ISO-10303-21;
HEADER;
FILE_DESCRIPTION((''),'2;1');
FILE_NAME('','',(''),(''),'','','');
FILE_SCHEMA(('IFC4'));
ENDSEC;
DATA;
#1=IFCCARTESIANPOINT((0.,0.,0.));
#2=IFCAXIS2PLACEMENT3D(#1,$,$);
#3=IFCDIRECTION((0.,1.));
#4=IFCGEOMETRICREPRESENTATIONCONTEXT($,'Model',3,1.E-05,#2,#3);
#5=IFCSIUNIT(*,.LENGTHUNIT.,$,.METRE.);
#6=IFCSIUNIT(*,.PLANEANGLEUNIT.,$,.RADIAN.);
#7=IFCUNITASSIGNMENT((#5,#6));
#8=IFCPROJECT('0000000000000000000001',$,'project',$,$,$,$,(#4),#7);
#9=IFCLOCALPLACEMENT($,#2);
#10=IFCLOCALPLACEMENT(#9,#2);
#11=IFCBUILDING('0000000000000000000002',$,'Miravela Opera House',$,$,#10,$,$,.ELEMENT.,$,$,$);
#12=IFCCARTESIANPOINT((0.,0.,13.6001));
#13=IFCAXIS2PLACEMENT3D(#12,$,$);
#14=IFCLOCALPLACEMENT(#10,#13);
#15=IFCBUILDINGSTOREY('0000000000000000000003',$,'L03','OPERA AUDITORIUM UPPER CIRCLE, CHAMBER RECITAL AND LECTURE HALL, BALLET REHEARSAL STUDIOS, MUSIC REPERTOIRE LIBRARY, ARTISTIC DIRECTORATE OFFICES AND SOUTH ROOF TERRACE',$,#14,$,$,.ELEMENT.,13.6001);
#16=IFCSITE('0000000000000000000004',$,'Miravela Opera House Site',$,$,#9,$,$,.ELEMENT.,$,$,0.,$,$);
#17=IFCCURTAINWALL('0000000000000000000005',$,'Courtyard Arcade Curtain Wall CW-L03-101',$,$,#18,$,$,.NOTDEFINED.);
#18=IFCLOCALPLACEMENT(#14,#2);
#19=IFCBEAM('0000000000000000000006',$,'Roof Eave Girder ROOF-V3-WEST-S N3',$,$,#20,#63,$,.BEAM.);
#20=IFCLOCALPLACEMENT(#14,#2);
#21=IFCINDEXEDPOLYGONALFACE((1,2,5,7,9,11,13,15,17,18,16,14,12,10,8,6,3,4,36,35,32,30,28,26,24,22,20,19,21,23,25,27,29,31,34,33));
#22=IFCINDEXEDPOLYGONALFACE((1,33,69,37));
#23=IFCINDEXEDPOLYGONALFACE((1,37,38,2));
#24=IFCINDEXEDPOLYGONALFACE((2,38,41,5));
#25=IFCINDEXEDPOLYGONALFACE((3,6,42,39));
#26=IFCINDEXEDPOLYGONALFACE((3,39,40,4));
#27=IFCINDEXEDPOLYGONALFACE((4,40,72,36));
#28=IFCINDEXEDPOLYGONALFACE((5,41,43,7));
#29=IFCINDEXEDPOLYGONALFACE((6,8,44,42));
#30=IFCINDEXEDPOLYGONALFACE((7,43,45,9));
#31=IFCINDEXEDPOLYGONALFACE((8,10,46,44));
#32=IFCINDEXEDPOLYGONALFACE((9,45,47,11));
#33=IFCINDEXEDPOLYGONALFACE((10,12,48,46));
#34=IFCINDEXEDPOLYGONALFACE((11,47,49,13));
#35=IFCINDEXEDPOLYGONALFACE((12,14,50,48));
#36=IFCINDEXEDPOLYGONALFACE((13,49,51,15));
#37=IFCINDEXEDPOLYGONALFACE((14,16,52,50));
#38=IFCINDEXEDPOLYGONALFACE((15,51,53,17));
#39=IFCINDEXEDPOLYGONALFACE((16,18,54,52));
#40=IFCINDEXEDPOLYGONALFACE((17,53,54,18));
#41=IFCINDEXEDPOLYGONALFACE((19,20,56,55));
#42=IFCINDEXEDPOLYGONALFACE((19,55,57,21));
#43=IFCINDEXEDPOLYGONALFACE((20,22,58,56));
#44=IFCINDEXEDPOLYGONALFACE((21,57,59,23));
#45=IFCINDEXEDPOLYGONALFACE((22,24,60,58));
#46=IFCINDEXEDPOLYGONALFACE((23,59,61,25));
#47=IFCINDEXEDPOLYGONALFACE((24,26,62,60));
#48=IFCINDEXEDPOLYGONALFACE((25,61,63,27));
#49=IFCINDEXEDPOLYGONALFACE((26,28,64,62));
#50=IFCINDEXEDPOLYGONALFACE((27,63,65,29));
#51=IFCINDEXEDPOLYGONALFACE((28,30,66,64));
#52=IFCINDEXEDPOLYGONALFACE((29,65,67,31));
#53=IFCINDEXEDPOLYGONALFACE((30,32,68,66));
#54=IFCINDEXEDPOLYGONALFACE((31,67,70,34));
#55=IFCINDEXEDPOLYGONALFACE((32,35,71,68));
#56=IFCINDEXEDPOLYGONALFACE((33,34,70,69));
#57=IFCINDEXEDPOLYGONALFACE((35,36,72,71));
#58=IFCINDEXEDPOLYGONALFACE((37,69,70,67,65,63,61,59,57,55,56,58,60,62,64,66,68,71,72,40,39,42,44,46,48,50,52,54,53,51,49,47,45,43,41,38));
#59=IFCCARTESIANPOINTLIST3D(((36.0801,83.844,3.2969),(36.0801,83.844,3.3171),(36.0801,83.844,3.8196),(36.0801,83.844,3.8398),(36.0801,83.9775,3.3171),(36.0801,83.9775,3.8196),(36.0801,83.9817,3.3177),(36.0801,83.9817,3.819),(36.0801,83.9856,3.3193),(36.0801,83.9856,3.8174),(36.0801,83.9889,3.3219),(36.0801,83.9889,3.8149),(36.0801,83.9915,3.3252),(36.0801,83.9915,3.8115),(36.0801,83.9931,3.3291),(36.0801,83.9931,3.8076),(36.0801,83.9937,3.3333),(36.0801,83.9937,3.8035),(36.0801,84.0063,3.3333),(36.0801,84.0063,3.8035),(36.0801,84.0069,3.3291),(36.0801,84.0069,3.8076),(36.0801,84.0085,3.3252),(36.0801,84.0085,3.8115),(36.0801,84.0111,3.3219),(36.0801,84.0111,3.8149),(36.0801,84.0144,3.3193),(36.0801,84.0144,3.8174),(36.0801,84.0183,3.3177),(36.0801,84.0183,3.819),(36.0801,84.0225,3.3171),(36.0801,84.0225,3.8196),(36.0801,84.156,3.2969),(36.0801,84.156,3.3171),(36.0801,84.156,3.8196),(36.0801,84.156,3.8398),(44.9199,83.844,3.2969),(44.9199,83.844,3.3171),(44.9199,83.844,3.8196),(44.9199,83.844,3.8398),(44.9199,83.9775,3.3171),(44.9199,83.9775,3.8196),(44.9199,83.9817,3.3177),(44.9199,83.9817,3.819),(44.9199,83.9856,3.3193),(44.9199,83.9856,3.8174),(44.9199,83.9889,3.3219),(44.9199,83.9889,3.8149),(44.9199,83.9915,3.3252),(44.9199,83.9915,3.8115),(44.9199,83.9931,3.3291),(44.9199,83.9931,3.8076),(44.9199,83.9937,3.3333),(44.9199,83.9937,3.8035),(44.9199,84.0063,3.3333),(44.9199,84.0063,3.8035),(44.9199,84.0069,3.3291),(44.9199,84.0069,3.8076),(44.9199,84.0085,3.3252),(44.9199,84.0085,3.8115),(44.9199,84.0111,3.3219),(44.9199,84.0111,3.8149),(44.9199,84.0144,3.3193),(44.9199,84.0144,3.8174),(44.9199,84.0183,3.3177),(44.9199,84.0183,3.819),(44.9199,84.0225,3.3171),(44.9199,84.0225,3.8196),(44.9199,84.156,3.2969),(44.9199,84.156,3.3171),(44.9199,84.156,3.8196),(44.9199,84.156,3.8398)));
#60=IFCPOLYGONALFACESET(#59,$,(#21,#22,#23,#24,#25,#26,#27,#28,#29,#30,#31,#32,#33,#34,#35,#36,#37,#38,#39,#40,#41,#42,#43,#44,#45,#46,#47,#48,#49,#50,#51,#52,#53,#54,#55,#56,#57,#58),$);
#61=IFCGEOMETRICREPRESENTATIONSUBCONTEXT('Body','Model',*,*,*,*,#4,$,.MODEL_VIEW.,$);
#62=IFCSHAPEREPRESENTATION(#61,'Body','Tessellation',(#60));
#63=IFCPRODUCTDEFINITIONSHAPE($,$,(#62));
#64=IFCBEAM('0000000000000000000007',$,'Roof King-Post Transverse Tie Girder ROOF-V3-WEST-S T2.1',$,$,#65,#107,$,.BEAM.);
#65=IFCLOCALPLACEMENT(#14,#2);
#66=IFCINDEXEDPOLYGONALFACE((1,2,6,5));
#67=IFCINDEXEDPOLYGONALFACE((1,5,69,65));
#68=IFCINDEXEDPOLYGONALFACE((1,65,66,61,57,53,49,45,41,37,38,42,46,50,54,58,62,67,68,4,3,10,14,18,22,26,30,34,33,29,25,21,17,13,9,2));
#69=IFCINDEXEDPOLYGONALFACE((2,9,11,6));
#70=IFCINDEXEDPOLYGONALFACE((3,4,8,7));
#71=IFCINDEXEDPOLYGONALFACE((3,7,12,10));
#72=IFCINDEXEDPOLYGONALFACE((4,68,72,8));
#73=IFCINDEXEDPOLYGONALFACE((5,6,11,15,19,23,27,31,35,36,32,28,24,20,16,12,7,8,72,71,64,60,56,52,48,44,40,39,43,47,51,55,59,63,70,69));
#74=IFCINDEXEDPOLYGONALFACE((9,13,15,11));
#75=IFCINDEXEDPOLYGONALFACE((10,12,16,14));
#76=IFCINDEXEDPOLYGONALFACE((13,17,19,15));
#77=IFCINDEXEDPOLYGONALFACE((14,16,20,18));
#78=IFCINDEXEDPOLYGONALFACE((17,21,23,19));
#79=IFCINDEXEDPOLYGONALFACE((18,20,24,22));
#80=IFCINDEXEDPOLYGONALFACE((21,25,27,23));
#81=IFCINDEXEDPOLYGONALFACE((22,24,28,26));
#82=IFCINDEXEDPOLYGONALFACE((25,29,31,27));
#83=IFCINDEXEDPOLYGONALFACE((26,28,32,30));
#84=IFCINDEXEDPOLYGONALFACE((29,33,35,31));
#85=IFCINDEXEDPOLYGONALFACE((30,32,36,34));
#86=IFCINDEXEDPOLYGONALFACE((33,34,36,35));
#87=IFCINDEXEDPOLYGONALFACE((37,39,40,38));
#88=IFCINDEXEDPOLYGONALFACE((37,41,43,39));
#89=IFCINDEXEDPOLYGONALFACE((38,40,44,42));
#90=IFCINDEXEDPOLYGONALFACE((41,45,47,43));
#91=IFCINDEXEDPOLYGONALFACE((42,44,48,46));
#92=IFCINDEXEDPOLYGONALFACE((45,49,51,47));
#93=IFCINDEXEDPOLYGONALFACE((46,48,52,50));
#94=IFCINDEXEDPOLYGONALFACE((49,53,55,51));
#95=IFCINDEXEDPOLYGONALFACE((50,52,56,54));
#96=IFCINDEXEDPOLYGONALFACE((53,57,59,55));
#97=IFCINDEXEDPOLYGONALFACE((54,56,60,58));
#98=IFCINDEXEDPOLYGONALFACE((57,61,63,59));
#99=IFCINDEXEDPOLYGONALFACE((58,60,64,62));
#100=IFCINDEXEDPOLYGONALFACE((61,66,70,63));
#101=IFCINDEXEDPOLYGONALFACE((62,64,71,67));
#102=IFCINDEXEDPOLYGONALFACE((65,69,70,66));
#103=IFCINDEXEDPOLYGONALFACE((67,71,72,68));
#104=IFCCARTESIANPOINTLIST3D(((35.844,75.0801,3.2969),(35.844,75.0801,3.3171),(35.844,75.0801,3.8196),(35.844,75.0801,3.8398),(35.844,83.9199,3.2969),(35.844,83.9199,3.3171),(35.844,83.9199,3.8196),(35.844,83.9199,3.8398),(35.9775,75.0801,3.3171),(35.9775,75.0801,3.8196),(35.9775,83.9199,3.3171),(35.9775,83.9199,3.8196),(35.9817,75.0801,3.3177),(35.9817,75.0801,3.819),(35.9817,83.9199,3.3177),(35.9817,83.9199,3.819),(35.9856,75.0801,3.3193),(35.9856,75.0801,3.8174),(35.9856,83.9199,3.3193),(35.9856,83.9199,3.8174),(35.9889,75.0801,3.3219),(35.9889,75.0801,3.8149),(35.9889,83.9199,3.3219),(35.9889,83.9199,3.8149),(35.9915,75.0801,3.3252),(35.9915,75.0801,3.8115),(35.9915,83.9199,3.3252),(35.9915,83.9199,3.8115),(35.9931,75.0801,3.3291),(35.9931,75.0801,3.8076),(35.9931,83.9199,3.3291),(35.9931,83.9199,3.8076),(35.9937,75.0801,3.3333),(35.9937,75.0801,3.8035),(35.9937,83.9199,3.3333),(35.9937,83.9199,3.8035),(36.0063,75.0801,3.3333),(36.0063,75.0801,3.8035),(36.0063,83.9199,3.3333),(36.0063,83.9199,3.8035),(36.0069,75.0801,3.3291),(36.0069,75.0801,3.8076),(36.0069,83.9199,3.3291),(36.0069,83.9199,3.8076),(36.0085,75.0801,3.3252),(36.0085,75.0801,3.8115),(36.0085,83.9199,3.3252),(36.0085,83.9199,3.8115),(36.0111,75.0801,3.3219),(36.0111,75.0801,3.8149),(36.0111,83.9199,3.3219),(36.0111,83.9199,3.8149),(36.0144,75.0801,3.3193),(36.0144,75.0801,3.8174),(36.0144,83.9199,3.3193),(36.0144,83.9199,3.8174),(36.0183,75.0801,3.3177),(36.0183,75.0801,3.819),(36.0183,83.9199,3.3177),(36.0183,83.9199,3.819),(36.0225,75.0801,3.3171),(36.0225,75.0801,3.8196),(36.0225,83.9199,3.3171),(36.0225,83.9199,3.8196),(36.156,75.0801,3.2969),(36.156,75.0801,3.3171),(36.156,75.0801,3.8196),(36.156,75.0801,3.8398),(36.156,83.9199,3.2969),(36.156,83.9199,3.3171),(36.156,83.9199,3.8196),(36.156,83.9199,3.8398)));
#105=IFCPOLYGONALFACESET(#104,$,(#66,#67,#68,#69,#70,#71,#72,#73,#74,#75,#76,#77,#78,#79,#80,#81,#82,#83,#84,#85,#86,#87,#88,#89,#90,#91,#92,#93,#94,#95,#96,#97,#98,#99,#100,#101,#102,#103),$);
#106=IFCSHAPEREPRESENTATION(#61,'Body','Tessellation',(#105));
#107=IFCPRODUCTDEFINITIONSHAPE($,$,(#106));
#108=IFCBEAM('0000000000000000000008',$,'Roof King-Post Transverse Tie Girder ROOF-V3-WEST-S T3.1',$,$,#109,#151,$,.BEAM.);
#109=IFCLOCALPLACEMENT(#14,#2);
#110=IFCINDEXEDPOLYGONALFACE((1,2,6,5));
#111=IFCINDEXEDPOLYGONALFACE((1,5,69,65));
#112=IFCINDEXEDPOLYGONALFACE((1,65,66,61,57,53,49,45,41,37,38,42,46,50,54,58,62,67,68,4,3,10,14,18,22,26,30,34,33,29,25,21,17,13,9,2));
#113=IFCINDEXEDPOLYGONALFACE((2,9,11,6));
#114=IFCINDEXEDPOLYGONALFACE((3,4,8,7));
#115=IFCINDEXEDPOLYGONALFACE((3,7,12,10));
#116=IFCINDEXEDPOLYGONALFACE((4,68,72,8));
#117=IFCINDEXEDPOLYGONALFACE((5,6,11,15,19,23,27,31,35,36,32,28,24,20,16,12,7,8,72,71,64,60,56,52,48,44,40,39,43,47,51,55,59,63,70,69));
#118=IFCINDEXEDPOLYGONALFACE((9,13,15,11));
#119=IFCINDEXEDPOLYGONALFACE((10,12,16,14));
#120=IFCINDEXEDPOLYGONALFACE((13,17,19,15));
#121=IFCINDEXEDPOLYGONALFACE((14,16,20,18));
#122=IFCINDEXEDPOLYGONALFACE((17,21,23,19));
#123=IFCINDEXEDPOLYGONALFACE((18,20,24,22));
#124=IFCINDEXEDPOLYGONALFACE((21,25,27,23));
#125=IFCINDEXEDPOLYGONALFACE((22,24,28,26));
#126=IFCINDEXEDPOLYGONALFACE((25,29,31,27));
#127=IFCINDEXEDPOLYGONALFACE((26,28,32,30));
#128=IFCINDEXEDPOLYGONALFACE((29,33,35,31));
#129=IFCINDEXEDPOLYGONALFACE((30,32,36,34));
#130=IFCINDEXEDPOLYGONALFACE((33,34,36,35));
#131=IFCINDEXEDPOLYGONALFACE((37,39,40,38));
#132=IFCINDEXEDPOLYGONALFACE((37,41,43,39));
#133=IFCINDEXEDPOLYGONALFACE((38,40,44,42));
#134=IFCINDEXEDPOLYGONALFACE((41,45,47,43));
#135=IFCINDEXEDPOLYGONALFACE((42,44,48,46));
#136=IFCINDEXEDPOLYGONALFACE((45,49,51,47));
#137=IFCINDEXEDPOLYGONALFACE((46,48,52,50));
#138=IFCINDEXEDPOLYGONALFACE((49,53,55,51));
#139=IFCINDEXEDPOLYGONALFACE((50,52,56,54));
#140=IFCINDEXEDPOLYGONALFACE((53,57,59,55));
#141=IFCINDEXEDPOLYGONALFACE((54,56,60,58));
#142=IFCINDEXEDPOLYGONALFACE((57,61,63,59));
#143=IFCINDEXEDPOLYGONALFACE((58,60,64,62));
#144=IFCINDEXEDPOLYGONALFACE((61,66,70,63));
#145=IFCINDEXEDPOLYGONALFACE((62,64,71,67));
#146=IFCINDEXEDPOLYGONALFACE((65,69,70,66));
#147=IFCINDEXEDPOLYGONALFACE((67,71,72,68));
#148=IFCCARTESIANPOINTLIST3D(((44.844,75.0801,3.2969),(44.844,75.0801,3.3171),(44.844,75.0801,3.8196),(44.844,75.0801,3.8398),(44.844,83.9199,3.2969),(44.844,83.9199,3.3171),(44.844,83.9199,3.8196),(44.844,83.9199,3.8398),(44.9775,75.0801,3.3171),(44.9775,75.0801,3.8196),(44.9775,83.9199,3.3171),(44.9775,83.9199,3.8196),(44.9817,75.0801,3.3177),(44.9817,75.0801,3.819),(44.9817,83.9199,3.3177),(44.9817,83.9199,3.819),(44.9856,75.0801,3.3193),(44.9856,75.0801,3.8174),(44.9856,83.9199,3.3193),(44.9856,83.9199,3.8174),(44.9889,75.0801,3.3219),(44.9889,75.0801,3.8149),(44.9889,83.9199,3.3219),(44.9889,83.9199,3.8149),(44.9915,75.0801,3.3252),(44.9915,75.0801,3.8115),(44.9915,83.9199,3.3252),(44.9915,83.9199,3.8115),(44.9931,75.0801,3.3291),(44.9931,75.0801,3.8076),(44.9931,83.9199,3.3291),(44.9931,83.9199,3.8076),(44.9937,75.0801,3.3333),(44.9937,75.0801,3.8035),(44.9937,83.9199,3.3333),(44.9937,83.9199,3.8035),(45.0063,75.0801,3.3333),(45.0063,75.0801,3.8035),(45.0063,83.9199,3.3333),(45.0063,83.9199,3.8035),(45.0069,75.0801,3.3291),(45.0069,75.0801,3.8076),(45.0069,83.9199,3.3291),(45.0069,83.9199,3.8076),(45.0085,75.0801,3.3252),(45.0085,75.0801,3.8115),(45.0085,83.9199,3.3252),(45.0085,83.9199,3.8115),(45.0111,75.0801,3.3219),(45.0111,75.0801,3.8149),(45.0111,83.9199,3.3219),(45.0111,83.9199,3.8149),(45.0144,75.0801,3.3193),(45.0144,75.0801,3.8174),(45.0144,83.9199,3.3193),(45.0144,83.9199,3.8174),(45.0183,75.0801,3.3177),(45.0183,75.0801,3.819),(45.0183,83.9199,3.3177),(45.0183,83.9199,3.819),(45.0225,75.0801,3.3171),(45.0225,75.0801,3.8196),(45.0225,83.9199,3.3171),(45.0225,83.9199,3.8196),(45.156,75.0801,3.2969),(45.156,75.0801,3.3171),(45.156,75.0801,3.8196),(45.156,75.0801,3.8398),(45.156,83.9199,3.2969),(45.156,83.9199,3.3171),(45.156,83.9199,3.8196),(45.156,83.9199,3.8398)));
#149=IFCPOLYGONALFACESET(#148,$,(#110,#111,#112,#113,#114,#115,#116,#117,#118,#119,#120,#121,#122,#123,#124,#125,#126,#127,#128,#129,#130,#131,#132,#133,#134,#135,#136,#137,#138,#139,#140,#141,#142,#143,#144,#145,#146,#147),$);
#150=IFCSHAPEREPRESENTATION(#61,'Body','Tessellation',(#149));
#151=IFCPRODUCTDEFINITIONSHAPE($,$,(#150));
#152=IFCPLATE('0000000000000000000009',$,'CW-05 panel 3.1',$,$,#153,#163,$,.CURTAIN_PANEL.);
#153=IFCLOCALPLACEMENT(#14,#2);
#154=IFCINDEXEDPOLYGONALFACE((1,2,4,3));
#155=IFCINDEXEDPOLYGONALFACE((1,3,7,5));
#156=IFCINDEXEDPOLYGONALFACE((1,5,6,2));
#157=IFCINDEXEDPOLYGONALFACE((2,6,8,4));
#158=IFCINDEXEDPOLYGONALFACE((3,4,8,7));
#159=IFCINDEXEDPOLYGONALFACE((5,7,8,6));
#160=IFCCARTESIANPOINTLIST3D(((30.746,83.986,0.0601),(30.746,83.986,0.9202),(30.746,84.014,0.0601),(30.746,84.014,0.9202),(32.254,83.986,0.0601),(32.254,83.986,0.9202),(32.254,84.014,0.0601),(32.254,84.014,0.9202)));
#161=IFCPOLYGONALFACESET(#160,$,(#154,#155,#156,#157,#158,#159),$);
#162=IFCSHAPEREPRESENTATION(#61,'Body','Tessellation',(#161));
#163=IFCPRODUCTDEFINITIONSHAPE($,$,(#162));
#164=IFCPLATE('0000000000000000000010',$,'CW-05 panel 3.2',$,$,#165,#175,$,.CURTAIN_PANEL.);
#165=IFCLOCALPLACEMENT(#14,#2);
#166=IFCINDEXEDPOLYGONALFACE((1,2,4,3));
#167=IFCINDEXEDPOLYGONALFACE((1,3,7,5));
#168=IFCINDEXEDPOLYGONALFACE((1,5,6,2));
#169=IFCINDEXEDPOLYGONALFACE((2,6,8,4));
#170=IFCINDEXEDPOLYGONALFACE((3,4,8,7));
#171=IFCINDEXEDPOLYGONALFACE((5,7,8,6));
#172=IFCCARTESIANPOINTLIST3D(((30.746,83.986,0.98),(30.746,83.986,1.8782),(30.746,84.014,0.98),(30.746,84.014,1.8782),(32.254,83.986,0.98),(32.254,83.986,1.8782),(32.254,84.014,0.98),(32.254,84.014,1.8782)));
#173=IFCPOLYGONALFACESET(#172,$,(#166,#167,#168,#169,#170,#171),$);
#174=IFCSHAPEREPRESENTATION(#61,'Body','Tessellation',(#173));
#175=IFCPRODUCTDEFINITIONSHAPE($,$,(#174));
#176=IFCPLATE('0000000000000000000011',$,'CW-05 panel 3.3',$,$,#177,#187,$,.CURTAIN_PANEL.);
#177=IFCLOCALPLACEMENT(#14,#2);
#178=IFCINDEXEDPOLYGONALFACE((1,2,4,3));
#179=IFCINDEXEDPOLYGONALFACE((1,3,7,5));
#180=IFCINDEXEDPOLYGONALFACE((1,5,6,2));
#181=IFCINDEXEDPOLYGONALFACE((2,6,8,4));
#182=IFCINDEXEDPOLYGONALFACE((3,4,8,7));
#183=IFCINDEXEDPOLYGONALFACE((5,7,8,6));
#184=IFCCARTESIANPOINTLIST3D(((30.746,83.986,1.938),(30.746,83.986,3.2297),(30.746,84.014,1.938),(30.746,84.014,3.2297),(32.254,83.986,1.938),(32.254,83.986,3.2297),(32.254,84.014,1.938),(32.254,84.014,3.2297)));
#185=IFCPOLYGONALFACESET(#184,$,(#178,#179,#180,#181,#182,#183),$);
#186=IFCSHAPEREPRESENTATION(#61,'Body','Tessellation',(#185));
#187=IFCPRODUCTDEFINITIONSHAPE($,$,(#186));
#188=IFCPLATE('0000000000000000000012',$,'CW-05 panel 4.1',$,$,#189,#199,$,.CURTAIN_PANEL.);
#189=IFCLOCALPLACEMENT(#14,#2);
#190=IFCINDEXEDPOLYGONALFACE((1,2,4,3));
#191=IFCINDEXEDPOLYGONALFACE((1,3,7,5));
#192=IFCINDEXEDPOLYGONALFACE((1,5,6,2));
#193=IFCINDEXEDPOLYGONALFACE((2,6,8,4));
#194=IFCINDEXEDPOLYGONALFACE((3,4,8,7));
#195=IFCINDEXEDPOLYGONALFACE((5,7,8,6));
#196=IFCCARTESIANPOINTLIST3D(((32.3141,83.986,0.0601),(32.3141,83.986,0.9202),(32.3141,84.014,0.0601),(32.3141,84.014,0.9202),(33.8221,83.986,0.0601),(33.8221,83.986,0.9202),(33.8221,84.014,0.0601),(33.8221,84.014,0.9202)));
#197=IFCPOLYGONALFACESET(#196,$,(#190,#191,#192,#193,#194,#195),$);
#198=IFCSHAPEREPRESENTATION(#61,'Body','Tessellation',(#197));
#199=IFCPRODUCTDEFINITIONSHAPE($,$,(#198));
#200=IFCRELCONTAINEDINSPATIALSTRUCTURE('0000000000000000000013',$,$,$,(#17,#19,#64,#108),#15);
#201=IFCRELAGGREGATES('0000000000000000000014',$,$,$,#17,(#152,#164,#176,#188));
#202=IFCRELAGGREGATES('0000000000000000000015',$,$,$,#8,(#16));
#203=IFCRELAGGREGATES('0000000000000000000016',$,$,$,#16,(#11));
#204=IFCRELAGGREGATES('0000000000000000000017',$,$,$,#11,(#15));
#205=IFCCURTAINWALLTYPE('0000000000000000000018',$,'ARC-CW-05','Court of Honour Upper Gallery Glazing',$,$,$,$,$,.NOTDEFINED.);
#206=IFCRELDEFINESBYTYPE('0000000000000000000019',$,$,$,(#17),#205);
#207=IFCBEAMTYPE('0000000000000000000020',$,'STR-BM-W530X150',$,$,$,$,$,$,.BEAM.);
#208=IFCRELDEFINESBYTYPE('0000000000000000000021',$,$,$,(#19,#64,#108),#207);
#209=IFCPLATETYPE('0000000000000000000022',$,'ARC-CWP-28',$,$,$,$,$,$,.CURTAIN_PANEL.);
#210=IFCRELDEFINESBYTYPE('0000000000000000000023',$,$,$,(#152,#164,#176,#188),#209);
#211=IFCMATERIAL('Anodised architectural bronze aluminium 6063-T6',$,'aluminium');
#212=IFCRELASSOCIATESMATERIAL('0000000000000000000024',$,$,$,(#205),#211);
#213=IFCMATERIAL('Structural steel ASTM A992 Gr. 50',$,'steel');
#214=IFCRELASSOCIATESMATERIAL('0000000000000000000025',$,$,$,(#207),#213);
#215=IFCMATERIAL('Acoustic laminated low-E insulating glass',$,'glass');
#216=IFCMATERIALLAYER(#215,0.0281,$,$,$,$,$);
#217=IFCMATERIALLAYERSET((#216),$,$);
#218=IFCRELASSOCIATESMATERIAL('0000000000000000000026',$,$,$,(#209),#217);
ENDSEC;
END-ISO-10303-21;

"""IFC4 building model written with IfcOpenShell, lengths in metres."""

from ifc_helpers import new_model, si_unit, direction, frame, origin, origin_2d, place, context, subcontext, project, spatial, rectangle, i_section, extrude, material, layer, layer_set, material_profile, profile_set, type_object, element, aggregate, save


model = new_model("IFC4")

# Units and contexts
model_context = context("Model", 3, precision=1e-05, world=origin(), true_north=direction((0.0, 1.0)))
body_context = subcontext(model_context, "Body", "Model", "MODEL_VIEW")
ifc_project = project(units=[si_unit("LENGTHUNIT", "METRE"), si_unit("PLANEANGLEUNIT", "RADIAN")], contexts=[model_context])

# Site, building, storey
site_placement = place(None, origin())
site = spatial("IfcSite", under=ifc_project, at=site_placement, Name="Miravela Opera House Site", CompositionType="ELEMENT", RefElevation=0.0)
building_placement = place(site_placement, origin())
building = spatial("IfcBuilding", under=site, at=building_placement, Name="Miravela Opera House", CompositionType="ELEMENT")
storey_placement = place(building_placement, frame((0.0, 0.0, 13.6001)))
storey = spatial("IfcBuildingStorey", under=building, at=storey_placement, Name="L03", Description="OPERA AUDITORIUM UPPER CIRCLE, CHAMBER RECITAL AND LECTURE HALL, BALLET REHEARSAL STUDIOS, MUSIC REPERTOIRE LIBRARY, ARTISTIC DIRECTORATE OFFICES AND SOUTH ROOF TERRACE", CompositionType="ELEMENT", Elevation=13.6001)

# Curtain wall
ifc_material_1 = material(Name="Anodised architectural bronze aluminium 6063-T6", Category="aluminium")
curtain_wall_type = type_object("IfcCurtainWallType", Name="ARC-CW-05", Description="Court of Honour Upper Gallery Glazing", PredefinedType="NOTDEFINED", material=ifc_material_1)
curtain_wall_1_placement = place(storey_placement, origin())
curtain_wall_1 = element("IfcCurtainWall", 1, at=curtain_wall_1_placement, inside=storey, type_object=curtain_wall_type, Name="Courtyard Arcade Curtain Wall CW-L03-101", PredefinedType="NOTDEFINED")

# Beams
ifc_material_2 = material(Name="Structural steel ASTM A992 Gr. 50", Category="steel")
ifc_material_profile_1 = material_profile(ifc_material_2, i_section(OverallWidth=0.312, OverallDepth=0.543, WebThickness=0.0127, FlangeThickness=0.0203, FilletRadius=0.0161, at=origin_2d()), Name="W530X150")
ifc_profile_set_1 = profile_set([ifc_material_profile_1])
beam_type_1 = type_object("IfcBeamType", Name="STR-BM-W530X150", PredefinedType="BEAM", material=ifc_profile_set_1)
for number, where, z_axis, x_axis, name in (
    (2, (36.0801, 84.0, 3.5684), (1.0, 0.0, 0.0), (0.0, 1.0, 0.0), "Roof Eave Girder ROOF-V3-WEST-S N3"),
    (3, (36.0, 75.0801, 3.5684), (0.0, 1.0, 0.0), (-1.0, 0.0, 0.0), "Roof King-Post Transverse Tie Girder ROOF-V3-WEST-S T2.1"),
    (4, (45.0, 75.0801, 3.5684), (0.0, 1.0, 0.0), (-1.0, 0.0, 0.0), "Roof King-Post Transverse Tie Girder ROOF-V3-WEST-S T3.1"),
):
    element("IfcBeam", number, at=place(storey_placement, frame(where, z_axis=z_axis, x_axis=x_axis)), inside=storey, type_object=beam_type_1, Name=name, PredefinedType="BEAM", context=body_context, shape_type="SweptSolid", body=[
        extrude(i_section(OverallWidth=0.312, OverallDepth=0.543, WebThickness=0.0127, FlangeThickness=0.0203, FilletRadius=0.0161, at=origin_2d()), origin(), (0.0, 0.0, 1.0), 8.8398),
    ])

# Plates
ifc_material_3 = material(Name="Acoustic laminated low-E insulating glass", Category="glass")
ifc_layer_1 = layer(ifc_material_3, 0.0281)
ifc_layer_set_1 = layer_set([ifc_layer_1])
plate_type = type_object("IfcPlateType", Name="ARC-CWP-28", PredefinedType="CURTAIN_PANEL", material=ifc_layer_set_1)
plate_1_placement = place(storey_placement, frame((31.5, 84.0, 0.0601), z_axis=(0.0, 0.0, 1.0), x_axis=(1.0, 0.0, 0.0)))
plate_1 = element("IfcPlate", 5, at=plate_1_placement, type_object=plate_type, Name="CW-05 panel 3.1", PredefinedType="CURTAIN_PANEL", context=body_context, shape_type="SweptSolid", body=[
    extrude(rectangle(XDim=1.5081, YDim=0.0281, at=origin_2d()), origin(), (0.0, 0.0, 1.0), 0.8601),
])
plate_2_placement = place(storey_placement, frame((31.5, 84.0, 0.98), z_axis=(0.0, 0.0, 1.0), x_axis=(1.0, 0.0, 0.0)))
plate_2 = element("IfcPlate", 6, at=plate_2_placement, type_object=plate_type, Name="CW-05 panel 3.2", PredefinedType="CURTAIN_PANEL", context=body_context, shape_type="SweptSolid", body=[
    extrude(rectangle(XDim=1.5081, YDim=0.0281, at=origin_2d()), origin(), (0.0, 0.0, 1.0), 0.8982),
])
plate_3_placement = place(storey_placement, frame((31.5, 84.0, 1.938), z_axis=(0.0, 0.0, 1.0), x_axis=(1.0, 0.0, 0.0)))
plate_3 = element("IfcPlate", 7, at=plate_3_placement, type_object=plate_type, Name="CW-05 panel 3.3", PredefinedType="CURTAIN_PANEL", context=body_context, shape_type="SweptSolid", body=[
    extrude(rectangle(XDim=1.5081, YDim=0.0281, at=origin_2d()), origin(), (0.0, 0.0, 1.0), 1.2917),
])
plate_4_placement = place(storey_placement, frame((33.0681, 84.0, 0.0601), z_axis=(0.0, 0.0, 1.0), x_axis=(1.0, 0.0, 0.0)))
plate_4 = element("IfcPlate", 8, at=plate_4_placement, type_object=plate_type, Name="CW-05 panel 4.1", PredefinedType="CURTAIN_PANEL", context=body_context, shape_type="SweptSolid", body=[
    extrude(rectangle(XDim=1.5081, YDim=0.0281, at=origin_2d()), origin(), (0.0, 0.0, 1.0), 0.8601),
])
aggregate(curtain_wall_1, [plate_1, plate_2, plate_3, plate_4])

save(model, "model.ifc")
